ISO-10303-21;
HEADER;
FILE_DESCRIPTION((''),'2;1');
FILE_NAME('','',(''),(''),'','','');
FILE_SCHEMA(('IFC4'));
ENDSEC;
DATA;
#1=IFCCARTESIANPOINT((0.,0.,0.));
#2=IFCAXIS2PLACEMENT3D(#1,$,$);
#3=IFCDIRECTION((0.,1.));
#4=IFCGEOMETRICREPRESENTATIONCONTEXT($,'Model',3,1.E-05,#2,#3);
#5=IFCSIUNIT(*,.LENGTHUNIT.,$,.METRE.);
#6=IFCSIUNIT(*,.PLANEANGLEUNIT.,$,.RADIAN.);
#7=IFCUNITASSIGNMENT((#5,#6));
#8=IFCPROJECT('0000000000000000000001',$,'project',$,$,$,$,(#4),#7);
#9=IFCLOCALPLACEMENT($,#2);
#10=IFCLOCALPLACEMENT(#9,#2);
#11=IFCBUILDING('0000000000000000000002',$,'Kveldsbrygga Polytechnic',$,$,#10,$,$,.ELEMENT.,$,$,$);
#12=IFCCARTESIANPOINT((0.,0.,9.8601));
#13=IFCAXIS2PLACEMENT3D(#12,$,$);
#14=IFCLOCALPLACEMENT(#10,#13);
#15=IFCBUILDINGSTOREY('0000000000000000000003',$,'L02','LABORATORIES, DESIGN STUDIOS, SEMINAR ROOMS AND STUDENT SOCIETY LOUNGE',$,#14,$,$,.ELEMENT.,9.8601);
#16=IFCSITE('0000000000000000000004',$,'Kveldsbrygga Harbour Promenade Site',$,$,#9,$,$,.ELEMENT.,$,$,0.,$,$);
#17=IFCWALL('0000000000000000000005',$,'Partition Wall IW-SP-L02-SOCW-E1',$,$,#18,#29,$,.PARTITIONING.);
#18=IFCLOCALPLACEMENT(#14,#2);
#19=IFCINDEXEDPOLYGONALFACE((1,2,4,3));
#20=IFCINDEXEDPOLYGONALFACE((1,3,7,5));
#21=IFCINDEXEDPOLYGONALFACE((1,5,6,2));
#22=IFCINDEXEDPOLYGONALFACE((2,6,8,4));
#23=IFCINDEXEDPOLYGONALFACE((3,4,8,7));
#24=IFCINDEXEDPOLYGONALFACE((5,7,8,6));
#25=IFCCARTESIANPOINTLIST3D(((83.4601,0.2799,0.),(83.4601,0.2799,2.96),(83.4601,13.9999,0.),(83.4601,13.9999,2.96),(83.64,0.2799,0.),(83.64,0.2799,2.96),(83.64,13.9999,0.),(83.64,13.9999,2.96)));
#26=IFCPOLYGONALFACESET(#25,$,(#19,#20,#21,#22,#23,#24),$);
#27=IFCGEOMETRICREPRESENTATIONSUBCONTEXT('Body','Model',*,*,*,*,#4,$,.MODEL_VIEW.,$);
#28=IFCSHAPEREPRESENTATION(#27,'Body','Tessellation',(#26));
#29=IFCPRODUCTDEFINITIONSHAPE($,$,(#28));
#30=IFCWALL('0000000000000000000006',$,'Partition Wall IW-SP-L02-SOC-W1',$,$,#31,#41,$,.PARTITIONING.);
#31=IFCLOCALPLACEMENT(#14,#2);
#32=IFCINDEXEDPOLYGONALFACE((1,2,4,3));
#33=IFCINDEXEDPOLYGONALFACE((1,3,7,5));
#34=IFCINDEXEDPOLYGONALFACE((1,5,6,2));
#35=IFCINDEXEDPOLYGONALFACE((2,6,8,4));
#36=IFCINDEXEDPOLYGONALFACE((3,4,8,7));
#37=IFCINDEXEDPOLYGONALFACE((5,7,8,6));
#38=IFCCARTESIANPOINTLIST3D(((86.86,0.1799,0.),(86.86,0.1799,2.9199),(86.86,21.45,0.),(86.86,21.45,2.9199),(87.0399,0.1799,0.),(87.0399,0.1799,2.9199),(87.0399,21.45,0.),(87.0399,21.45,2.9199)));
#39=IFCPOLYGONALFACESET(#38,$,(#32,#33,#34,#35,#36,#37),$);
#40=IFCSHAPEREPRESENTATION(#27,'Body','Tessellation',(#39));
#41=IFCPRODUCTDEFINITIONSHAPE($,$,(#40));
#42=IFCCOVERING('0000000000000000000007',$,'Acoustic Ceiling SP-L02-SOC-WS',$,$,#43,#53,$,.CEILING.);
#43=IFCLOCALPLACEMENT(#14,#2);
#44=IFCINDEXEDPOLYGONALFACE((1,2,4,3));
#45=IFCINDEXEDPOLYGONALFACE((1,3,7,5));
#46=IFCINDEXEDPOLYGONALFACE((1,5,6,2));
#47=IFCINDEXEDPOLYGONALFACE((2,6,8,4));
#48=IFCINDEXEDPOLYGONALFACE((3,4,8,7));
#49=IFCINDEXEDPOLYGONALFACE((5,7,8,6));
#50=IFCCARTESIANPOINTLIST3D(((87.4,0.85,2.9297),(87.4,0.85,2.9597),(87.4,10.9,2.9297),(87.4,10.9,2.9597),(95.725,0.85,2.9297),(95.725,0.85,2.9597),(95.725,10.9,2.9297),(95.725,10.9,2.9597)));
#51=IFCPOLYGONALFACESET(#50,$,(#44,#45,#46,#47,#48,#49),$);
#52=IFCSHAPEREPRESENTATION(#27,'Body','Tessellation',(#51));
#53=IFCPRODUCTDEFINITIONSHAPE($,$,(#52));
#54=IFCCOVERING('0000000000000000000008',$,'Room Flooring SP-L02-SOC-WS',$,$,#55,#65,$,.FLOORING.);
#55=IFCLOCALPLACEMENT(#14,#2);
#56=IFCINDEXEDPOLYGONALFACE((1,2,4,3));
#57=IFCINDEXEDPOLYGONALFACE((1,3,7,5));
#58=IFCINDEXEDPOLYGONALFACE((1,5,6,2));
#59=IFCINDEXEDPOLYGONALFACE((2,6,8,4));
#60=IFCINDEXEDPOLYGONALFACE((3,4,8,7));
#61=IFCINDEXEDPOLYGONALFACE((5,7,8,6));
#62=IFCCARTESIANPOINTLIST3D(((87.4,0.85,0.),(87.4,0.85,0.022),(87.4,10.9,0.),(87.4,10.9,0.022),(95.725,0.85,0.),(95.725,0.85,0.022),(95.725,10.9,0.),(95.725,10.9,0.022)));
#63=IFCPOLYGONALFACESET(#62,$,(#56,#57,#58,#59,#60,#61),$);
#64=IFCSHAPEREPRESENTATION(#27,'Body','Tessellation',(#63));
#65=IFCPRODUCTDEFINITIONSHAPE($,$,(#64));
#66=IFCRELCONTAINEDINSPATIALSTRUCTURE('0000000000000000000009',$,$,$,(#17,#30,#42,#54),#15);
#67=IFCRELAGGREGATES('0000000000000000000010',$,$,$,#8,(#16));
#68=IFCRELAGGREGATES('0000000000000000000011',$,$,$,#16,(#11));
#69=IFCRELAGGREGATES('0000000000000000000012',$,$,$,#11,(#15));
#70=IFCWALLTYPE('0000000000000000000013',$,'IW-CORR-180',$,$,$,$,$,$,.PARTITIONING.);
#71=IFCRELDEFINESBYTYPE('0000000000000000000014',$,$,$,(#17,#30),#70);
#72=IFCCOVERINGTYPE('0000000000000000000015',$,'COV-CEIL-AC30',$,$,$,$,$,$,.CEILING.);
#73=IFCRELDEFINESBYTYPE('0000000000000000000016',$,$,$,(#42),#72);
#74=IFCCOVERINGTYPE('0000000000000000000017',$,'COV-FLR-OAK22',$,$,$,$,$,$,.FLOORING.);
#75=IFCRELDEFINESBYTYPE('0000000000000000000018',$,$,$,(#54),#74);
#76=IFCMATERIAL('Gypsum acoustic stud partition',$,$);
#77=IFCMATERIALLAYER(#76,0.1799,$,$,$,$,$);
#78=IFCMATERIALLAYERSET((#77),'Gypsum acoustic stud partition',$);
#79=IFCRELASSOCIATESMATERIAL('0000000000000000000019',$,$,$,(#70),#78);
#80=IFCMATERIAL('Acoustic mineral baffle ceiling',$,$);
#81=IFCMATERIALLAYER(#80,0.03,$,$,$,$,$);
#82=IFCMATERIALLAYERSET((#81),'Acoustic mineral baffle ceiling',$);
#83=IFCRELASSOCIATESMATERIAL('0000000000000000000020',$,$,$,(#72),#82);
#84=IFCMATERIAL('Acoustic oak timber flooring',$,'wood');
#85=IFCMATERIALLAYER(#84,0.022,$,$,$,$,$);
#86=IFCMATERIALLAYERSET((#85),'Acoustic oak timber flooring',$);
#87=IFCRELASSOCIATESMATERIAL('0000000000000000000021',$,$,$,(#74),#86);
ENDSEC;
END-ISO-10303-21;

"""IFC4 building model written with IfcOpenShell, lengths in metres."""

from ifc_helpers import new_model, si_unit, direction, frame, frame_2d, origin, origin_2d, place, context, subcontext, project, spatial, rectangle, extrude, material, layer, layer_set, type_object, element, save


model = new_model("IFC4")

# Units and contexts
model_context = context("Model", 3, precision=1e-05, world=origin(), true_north=direction((0.0, 1.0)))
body_context = subcontext(model_context, "Body", "Model", "MODEL_VIEW")
ifc_project = project(units=[si_unit("LENGTHUNIT", "METRE"), si_unit("PLANEANGLEUNIT", "RADIAN")], contexts=[model_context])

# Site, building, storey
site_placement = place(None, origin())
site = spatial("IfcSite", under=ifc_project, at=site_placement, Name="Kveldsbrygga Harbour Promenade Site", CompositionType="ELEMENT", RefElevation=0.0)
building_placement = place(site_placement, origin())
building = spatial("IfcBuilding", under=site, at=building_placement, Name="Kveldsbrygga Polytechnic", CompositionType="ELEMENT")
storey_placement = place(building_placement, frame((0.0, 0.0, 9.8601)))
storey = spatial("IfcBuildingStorey", under=building, at=storey_placement, Name="L02", Description="LABORATORIES, DESIGN STUDIOS, SEMINAR ROOMS AND STUDENT SOCIETY LOUNGE", CompositionType="ELEMENT", Elevation=9.8601)

# Walls
ifc_material_1 = material(Name="Gypsum acoustic stud partition")
ifc_layer_1 = layer(ifc_material_1, 0.1799)
ifc_layer_set_1 = layer_set([ifc_layer_1], Name="Gypsum acoustic stud partition")
wall_type_1 = type_object("IfcWallType", Name="IW-CORR-180", PredefinedType="PARTITIONING", material=ifc_layer_set_1)
wall_1_placement = place(storey_placement, frame((83.55, 0.28, 0.0), z_axis=(0.0, 0.0, 1.0), x_axis=(0.0, 1.0, 0.0)))
element("IfcWall", 1, at=wall_1_placement, inside=storey, type_object=wall_type_1, Name="Partition Wall IW-SP-L02-SOCW-E1", PredefinedType="PARTITIONING", context=body_context, shape_type="SweptSolid", body=[
    extrude(rectangle(XDim=13.72, YDim=0.1799, at=frame_2d((6.8599, 0.0))), origin(), (0.0, 0.0, 1.0), 2.96),
])
wall_2_placement = place(storey_placement, frame((86.95, 0.1799, 0.0), z_axis=(0.0, 0.0, 1.0), x_axis=(0.0, 1.0, 0.0)))
element("IfcWall", 2, at=wall_2_placement, inside=storey, type_object=wall_type_1, Name="Partition Wall IW-SP-L02-SOC-W1", PredefinedType="PARTITIONING", context=body_context, shape_type="SweptSolid", body=[
    extrude(rectangle(XDim=21.27, YDim=0.1799, at=frame_2d((10.635, 0.0))), origin(), (0.0, 0.0, 1.0), 2.9199),
])

# Coverings
ifc_material_2 = material(Name="Acoustic mineral baffle ceiling")
ifc_layer_2 = layer(ifc_material_2, 0.03)
ifc_layer_set_2 = layer_set([ifc_layer_2], Name="Acoustic mineral baffle ceiling")
covering_type_1 = type_object("IfcCoveringType", Name="COV-CEIL-AC30", PredefinedType="CEILING", material=ifc_layer_set_2)
covering_1_placement = place(storey_placement, frame((91.5625, 5.875, 2.9297), z_axis=(0.0, 0.0, 1.0), x_axis=(1.0, 0.0, 0.0)))
element("IfcCovering", 3, at=covering_1_placement, inside=storey, type_object=covering_type_1, Name="Acoustic Ceiling SP-L02-SOC-WS", PredefinedType="CEILING", context=body_context, shape_type="SweptSolid", body=[
    extrude(rectangle(XDim=8.325, YDim=10.05, at=origin_2d()), origin(), (0.0, 0.0, 1.0), 0.03),
])
ifc_material_3 = material(Name="Acoustic oak timber flooring", Category="wood")
ifc_layer_3 = layer(ifc_material_3, 0.022)
ifc_layer_set_3 = layer_set([ifc_layer_3], Name="Acoustic oak timber flooring")
covering_type_2 = type_object("IfcCoveringType", Name="COV-FLR-OAK22", PredefinedType="FLOORING", material=ifc_layer_set_3)
covering_2_placement = place(storey_placement, frame((91.5625, 5.875, 0.0), z_axis=(0.0, 0.0, 1.0), x_axis=(1.0, 0.0, 0.0)))
element("IfcCovering", 4, at=covering_2_placement, inside=storey, type_object=covering_type_2, Name="Room Flooring SP-L02-SOC-WS", PredefinedType="FLOORING", context=body_context, shape_type="SweptSolid", body=[
    extrude(rectangle(XDim=8.325, YDim=10.05, at=origin_2d()), origin(), (0.0, 0.0, 1.0), 0.022),
])

save(model, "model.ifc")
